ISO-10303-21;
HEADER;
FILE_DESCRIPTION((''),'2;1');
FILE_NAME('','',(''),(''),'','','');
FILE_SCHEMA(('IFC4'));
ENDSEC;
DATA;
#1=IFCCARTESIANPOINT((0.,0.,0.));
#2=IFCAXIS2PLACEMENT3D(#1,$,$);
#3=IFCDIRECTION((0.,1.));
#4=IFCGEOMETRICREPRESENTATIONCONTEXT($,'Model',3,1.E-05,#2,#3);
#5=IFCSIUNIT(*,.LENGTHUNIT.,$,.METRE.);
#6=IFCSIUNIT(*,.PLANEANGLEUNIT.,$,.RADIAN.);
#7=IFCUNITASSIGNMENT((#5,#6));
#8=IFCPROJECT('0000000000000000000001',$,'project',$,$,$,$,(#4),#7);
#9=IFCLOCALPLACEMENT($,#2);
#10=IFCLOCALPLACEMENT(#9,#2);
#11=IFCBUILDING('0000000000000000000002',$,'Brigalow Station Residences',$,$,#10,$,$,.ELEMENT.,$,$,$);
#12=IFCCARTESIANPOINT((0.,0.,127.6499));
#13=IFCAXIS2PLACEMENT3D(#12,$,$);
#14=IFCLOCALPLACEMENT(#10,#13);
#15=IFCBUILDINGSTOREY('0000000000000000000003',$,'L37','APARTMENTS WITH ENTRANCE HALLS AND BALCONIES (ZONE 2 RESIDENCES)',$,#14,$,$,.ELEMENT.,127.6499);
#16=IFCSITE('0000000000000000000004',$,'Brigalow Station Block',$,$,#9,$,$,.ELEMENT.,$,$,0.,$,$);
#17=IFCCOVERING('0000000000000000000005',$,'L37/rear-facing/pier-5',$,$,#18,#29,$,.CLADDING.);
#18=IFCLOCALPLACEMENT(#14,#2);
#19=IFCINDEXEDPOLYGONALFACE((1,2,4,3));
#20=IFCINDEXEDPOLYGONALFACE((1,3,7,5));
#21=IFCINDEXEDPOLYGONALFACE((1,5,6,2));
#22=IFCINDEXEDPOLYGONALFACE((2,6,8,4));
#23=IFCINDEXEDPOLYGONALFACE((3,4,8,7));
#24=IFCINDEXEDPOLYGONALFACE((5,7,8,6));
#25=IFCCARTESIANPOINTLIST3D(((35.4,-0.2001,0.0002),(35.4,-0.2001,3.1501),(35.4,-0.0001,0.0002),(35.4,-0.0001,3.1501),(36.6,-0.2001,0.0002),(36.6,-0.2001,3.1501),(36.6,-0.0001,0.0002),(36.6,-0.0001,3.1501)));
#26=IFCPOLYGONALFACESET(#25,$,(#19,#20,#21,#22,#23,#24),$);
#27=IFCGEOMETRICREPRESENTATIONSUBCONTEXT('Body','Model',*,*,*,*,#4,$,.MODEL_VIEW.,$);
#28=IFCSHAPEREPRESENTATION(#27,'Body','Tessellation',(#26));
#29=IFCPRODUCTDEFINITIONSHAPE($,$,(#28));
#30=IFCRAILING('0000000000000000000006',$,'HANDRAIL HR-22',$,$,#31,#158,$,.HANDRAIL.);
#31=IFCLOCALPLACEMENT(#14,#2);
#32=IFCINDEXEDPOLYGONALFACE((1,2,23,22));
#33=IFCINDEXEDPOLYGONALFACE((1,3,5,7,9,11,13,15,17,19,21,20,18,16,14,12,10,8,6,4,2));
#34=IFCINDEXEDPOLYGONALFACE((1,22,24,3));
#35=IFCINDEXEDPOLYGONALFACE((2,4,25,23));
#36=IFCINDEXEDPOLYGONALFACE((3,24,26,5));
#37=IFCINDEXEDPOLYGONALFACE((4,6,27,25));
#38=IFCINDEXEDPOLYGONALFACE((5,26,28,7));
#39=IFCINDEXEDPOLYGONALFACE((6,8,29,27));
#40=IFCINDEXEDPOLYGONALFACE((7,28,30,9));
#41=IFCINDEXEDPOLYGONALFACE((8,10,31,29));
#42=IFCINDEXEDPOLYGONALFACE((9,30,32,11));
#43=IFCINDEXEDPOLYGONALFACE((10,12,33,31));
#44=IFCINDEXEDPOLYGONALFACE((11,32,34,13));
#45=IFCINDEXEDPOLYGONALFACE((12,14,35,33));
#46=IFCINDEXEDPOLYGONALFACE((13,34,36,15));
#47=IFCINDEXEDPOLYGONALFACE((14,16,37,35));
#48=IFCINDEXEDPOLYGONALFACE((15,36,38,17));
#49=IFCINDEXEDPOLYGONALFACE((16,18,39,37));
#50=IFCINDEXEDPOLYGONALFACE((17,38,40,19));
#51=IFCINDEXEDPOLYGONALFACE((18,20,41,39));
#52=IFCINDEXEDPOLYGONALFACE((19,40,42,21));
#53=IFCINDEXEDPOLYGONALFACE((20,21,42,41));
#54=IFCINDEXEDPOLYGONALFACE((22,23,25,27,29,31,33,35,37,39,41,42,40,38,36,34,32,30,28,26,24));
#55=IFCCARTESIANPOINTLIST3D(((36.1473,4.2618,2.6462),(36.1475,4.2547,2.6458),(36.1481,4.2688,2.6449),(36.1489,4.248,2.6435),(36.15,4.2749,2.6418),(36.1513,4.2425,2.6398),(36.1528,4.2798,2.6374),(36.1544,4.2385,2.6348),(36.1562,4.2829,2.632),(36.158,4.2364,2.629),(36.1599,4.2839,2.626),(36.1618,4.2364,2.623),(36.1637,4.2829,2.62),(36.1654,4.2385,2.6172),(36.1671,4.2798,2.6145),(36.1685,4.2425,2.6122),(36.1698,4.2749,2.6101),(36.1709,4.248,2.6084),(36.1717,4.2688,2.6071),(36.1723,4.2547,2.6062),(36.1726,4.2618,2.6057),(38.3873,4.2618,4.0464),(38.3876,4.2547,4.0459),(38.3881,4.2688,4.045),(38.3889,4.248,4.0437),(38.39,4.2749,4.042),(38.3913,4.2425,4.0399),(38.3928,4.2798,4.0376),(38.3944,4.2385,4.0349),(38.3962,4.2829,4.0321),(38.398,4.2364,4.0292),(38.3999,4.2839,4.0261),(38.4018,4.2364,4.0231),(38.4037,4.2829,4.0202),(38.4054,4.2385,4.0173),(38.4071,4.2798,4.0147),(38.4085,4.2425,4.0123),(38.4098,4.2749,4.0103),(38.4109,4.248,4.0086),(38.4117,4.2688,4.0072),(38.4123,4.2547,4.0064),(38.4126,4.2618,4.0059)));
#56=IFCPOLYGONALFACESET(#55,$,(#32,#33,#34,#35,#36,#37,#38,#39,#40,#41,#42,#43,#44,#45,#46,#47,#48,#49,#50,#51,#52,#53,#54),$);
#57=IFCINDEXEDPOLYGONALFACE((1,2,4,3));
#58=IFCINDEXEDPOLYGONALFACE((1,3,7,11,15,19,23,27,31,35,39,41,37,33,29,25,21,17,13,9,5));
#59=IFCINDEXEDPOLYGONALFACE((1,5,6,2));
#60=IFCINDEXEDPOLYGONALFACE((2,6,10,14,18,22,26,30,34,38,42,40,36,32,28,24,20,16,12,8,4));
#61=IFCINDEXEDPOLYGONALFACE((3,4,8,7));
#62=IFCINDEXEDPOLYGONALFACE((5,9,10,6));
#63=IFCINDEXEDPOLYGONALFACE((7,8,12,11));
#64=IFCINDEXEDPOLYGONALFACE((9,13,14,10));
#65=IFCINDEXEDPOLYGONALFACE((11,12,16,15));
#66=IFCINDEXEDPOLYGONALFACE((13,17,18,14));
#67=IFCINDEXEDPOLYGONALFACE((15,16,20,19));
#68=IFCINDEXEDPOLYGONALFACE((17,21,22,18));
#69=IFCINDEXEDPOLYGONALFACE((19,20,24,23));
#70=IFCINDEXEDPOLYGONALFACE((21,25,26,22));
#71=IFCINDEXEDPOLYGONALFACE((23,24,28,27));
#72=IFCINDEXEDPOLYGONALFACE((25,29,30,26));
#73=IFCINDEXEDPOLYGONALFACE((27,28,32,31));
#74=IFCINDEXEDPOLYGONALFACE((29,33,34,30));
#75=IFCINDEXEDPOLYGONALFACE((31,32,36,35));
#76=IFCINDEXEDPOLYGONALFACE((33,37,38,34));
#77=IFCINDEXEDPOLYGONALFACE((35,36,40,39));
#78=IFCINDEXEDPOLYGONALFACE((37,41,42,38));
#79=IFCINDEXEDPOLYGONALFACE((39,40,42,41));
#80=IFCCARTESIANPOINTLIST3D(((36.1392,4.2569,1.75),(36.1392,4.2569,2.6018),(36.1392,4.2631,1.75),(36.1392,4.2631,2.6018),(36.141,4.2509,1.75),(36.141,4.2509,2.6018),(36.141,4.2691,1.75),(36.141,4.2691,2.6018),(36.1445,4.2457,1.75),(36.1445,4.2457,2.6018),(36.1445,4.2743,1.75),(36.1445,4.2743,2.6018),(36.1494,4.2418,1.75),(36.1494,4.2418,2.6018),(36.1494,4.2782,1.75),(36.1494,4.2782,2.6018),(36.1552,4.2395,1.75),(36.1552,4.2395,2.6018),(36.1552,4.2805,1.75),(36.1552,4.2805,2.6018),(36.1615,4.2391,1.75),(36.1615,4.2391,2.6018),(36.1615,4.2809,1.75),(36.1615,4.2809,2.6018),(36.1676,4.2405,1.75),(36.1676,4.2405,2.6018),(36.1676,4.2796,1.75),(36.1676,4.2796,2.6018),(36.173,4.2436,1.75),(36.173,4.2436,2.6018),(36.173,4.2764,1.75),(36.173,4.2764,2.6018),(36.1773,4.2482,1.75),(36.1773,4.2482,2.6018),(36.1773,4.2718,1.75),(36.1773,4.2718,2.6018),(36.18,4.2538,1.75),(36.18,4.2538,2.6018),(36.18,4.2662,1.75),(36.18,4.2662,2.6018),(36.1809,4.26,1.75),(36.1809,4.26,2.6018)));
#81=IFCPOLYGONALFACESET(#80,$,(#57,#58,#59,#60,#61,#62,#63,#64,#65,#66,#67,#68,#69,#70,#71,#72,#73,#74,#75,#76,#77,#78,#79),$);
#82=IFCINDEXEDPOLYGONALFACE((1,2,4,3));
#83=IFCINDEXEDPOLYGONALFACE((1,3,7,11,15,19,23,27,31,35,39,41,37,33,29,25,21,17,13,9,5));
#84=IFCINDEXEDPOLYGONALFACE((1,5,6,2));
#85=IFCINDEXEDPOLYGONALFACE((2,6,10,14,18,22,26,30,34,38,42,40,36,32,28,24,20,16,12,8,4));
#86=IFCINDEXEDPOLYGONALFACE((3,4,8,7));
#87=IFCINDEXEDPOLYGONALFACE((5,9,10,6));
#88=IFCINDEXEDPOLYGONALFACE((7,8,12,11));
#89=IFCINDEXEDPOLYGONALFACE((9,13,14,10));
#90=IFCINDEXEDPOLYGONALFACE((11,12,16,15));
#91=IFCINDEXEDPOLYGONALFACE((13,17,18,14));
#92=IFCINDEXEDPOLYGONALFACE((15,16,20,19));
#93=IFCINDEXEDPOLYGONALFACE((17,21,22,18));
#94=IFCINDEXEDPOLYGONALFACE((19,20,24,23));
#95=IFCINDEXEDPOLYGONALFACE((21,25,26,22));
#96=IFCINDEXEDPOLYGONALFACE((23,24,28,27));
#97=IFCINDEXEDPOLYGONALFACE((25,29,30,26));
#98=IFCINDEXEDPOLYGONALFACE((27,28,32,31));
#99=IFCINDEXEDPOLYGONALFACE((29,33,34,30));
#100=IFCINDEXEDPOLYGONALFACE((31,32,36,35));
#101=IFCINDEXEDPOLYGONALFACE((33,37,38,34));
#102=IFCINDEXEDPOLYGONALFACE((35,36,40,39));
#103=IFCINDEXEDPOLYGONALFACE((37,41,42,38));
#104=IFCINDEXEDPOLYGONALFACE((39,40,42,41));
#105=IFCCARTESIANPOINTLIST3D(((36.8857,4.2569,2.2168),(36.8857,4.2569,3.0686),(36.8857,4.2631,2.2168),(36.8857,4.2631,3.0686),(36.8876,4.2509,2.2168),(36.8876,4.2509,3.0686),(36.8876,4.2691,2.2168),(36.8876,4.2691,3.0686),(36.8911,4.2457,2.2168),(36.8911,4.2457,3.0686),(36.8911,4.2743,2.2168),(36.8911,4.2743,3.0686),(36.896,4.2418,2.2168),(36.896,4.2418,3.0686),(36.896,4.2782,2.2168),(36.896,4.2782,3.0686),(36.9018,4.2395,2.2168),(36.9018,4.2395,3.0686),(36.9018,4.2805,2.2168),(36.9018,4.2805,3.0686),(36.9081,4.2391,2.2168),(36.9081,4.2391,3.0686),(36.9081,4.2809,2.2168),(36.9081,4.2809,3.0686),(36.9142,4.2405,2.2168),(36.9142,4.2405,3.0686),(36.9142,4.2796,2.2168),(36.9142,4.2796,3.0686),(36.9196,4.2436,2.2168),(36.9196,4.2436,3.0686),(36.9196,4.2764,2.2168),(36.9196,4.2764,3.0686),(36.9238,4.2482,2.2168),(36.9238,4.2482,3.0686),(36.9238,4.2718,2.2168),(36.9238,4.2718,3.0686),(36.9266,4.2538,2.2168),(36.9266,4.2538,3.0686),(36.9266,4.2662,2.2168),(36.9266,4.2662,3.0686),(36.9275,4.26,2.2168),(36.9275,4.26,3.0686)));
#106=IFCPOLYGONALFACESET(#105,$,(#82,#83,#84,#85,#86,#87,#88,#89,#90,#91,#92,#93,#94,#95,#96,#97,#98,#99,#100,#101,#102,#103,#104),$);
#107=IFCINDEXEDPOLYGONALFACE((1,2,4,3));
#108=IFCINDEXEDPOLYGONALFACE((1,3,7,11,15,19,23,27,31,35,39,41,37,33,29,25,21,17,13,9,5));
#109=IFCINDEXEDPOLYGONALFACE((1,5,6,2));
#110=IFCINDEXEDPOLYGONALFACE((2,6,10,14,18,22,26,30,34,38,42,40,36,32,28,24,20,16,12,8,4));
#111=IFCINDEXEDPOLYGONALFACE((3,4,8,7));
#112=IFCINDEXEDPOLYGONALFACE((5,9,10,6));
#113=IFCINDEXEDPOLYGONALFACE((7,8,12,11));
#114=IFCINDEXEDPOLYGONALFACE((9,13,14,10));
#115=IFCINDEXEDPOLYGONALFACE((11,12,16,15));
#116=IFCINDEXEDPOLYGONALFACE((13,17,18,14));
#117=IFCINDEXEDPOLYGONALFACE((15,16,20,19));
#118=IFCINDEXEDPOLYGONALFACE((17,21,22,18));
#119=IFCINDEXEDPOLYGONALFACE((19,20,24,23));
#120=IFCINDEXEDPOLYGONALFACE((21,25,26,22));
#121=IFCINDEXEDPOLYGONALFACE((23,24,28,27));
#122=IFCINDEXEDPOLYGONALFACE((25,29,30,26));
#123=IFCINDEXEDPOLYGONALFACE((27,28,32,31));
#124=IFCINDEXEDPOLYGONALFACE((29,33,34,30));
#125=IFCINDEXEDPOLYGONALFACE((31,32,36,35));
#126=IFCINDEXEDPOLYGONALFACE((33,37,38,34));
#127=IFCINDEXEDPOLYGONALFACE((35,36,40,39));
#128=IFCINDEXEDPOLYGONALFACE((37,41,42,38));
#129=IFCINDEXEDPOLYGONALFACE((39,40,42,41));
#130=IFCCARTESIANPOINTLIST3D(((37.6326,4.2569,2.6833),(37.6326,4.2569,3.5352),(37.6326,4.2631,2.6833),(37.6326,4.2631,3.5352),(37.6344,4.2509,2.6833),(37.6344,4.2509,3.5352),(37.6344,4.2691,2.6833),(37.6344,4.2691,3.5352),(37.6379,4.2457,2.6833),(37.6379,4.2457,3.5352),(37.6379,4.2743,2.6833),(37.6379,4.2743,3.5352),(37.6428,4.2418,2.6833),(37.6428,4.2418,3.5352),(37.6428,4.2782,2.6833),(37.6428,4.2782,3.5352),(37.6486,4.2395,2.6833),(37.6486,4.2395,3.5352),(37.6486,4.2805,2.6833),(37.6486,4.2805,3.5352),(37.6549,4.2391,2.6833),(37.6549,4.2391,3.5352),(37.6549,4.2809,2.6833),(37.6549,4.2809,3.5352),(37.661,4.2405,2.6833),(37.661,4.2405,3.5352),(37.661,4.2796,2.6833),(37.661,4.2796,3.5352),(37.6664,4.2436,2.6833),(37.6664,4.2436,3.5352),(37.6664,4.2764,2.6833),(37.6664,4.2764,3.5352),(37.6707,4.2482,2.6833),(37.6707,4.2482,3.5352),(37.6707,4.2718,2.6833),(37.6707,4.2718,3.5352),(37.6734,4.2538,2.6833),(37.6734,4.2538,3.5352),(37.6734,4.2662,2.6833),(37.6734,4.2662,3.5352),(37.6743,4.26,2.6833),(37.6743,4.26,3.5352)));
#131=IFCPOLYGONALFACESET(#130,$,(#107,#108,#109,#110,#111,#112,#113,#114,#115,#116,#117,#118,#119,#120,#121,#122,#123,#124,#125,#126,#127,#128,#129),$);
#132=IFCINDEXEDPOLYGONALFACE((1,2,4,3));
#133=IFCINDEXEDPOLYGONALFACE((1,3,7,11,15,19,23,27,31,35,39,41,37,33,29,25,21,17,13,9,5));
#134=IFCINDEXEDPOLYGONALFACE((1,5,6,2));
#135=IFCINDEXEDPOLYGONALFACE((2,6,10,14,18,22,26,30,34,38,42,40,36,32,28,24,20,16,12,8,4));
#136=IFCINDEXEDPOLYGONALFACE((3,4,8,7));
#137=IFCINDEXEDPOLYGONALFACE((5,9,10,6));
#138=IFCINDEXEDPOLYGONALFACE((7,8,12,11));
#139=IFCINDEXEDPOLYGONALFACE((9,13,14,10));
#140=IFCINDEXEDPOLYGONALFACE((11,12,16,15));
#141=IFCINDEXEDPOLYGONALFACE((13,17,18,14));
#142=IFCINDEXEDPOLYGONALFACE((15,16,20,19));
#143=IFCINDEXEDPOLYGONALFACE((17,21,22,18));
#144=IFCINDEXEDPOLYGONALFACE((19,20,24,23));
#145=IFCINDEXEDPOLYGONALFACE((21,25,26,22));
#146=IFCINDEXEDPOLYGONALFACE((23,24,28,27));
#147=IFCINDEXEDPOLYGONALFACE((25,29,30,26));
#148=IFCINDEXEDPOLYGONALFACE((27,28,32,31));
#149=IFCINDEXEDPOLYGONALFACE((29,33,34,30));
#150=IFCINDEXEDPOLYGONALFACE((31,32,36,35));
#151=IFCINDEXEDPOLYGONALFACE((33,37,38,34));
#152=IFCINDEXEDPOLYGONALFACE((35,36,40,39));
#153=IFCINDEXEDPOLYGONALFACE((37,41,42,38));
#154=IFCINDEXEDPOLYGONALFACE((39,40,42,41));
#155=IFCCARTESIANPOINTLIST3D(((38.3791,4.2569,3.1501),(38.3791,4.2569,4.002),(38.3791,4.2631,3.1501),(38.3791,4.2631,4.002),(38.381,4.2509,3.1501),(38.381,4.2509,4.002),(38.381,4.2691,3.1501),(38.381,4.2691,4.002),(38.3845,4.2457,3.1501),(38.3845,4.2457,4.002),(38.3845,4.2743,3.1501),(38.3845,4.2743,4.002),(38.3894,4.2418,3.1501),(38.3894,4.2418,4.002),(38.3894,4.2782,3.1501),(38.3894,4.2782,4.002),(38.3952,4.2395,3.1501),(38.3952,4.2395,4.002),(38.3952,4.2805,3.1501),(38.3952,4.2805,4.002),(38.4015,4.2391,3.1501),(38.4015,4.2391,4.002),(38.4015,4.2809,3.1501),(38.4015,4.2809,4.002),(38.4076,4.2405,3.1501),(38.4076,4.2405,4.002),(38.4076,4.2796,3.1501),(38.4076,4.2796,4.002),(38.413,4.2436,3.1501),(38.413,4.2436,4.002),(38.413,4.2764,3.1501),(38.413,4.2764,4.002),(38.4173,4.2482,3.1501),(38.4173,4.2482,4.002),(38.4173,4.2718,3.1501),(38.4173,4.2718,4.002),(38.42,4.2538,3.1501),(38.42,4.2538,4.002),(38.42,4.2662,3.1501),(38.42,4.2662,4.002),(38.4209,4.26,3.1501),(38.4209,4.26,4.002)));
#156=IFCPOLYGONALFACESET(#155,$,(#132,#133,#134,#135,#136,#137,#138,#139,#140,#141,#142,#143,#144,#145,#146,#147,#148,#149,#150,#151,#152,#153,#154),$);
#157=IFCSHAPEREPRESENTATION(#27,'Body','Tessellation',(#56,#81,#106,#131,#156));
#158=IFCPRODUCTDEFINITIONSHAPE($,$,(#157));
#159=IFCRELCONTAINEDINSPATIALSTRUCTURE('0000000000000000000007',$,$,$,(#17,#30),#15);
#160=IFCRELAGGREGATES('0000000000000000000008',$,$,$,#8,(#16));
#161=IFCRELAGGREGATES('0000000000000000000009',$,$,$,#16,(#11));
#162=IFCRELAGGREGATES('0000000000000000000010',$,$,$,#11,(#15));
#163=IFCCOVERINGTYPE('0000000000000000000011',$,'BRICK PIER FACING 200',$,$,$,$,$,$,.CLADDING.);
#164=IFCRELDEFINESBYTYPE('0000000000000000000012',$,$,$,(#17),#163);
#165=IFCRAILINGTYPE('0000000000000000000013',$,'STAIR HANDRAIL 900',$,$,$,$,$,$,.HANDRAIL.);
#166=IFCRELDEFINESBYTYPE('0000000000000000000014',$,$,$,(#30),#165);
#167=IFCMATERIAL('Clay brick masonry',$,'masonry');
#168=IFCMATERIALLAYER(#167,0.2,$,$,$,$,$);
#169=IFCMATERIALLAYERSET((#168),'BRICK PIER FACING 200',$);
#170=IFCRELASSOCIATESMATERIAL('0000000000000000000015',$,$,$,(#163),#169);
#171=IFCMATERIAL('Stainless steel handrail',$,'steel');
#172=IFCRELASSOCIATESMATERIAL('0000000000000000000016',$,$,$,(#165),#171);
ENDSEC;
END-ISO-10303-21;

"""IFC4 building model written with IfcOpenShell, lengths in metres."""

from ifc_helpers import new_model, si_unit, direction, frame, origin, origin_2d, place, context, subcontext, project, spatial, rectangle, circle, extrude, material, layer, layer_set, type_object, element, save


model = new_model("IFC4")

# Units and contexts
model_context = context("Model", 3, precision=1e-05, world=origin(), true_north=direction((0.0, 1.0)))
body_context = subcontext(model_context, "Body", "Model", "MODEL_VIEW")
ifc_project = project(units=[si_unit("LENGTHUNIT", "METRE"), si_unit("PLANEANGLEUNIT", "RADIAN")], contexts=[model_context])

# Site, building, storey
site_placement = place(None, origin())
site = spatial("IfcSite", under=ifc_project, at=site_placement, Name="Brigalow Station Block", CompositionType="ELEMENT", RefElevation=0.0)
building_placement = place(site_placement, origin())
building = spatial("IfcBuilding", under=site, at=building_placement, Name="Brigalow Station Residences", CompositionType="ELEMENT")
storey_placement = place(building_placement, frame((0.0, 0.0, 127.6499)))
storey = spatial("IfcBuildingStorey", under=building, at=storey_placement, Name="L37", Description="APARTMENTS WITH ENTRANCE HALLS AND BALCONIES (ZONE 2 RESIDENCES)", CompositionType="ELEMENT", Elevation=127.6499)

# Covering
ifc_material_1 = material(Name="Clay brick masonry", Category="masonry")
ifc_layer_1 = layer(ifc_material_1, 0.2)
ifc_layer_set_1 = layer_set([ifc_layer_1], Name="BRICK PIER FACING 200")
covering_type_1 = type_object("IfcCoveringType", Name="BRICK PIER FACING 200", PredefinedType="CLADDING", material=ifc_layer_set_1)
for number, where, z_axis, x_axis, name in (
    (1, (36.0, -0.1001, 0.0002), (0.0, 0.0, 1.0), (1.0, 0.0, 0.0), "L37/rear-facing/pier-5"),
):
    element("IfcCovering", number, at=place(storey_placement, frame(where, z_axis=z_axis, x_axis=x_axis)), inside=storey, type_object=covering_type_1, Name=name, PredefinedType="CLADDING", context=body_context, shape_type="SweptSolid", body=[
        extrude(rectangle(XDim=1.2, YDim=0.2, at=origin_2d()), origin(), (0.0, 0.0, 1.0), 3.1499),
    ])

# Railing
ifc_material_2 = material(Name="Stainless steel handrail", Category="steel")
railing_type = type_object("IfcRailingType", Name="STAIR HANDRAIL 900", PredefinedType="HANDRAIL", material=ifc_material_2)
railing_placement = place(storey_placement, frame((36.1599, 4.26, 1.75)))
element("IfcRailing", 2, at=railing_placement, inside=storey, type_object=railing_type, Name="HANDRAIL HR-22", PredefinedType="HANDRAIL", context=body_context, shape_type="SweptSolid", body=[
    extrude(circle(Radius=0.0239, at=origin_2d()), frame((0.0, 0.0, 0.876), z_axis=(0.847972, 0.0, 0.53004), x_axis=(0.0, 1.0, 0.0)), (0.0, 0.0, 1.0), 2.6416),
    extrude(circle(Radius=0.021, at=origin_2d()), origin(), (0.0, 0.0, 1.0), 0.8518),
    extrude(circle(Radius=0.021, at=origin_2d()), frame((0.7466, 0.0, 0.4668)), (0.0, 0.0, 1.0), 0.8518),
    extrude(circle(Radius=0.021, at=origin_2d()), frame((1.4934, 0.0, 0.9333)), (0.0, 0.0, 1.0), 0.8518),
    extrude(circle(Radius=0.021, at=origin_2d()), frame((2.24, 0.0, 1.4001)), (0.0, 0.0, 1.0), 0.8518),
])

save(model, "model.ifc")
